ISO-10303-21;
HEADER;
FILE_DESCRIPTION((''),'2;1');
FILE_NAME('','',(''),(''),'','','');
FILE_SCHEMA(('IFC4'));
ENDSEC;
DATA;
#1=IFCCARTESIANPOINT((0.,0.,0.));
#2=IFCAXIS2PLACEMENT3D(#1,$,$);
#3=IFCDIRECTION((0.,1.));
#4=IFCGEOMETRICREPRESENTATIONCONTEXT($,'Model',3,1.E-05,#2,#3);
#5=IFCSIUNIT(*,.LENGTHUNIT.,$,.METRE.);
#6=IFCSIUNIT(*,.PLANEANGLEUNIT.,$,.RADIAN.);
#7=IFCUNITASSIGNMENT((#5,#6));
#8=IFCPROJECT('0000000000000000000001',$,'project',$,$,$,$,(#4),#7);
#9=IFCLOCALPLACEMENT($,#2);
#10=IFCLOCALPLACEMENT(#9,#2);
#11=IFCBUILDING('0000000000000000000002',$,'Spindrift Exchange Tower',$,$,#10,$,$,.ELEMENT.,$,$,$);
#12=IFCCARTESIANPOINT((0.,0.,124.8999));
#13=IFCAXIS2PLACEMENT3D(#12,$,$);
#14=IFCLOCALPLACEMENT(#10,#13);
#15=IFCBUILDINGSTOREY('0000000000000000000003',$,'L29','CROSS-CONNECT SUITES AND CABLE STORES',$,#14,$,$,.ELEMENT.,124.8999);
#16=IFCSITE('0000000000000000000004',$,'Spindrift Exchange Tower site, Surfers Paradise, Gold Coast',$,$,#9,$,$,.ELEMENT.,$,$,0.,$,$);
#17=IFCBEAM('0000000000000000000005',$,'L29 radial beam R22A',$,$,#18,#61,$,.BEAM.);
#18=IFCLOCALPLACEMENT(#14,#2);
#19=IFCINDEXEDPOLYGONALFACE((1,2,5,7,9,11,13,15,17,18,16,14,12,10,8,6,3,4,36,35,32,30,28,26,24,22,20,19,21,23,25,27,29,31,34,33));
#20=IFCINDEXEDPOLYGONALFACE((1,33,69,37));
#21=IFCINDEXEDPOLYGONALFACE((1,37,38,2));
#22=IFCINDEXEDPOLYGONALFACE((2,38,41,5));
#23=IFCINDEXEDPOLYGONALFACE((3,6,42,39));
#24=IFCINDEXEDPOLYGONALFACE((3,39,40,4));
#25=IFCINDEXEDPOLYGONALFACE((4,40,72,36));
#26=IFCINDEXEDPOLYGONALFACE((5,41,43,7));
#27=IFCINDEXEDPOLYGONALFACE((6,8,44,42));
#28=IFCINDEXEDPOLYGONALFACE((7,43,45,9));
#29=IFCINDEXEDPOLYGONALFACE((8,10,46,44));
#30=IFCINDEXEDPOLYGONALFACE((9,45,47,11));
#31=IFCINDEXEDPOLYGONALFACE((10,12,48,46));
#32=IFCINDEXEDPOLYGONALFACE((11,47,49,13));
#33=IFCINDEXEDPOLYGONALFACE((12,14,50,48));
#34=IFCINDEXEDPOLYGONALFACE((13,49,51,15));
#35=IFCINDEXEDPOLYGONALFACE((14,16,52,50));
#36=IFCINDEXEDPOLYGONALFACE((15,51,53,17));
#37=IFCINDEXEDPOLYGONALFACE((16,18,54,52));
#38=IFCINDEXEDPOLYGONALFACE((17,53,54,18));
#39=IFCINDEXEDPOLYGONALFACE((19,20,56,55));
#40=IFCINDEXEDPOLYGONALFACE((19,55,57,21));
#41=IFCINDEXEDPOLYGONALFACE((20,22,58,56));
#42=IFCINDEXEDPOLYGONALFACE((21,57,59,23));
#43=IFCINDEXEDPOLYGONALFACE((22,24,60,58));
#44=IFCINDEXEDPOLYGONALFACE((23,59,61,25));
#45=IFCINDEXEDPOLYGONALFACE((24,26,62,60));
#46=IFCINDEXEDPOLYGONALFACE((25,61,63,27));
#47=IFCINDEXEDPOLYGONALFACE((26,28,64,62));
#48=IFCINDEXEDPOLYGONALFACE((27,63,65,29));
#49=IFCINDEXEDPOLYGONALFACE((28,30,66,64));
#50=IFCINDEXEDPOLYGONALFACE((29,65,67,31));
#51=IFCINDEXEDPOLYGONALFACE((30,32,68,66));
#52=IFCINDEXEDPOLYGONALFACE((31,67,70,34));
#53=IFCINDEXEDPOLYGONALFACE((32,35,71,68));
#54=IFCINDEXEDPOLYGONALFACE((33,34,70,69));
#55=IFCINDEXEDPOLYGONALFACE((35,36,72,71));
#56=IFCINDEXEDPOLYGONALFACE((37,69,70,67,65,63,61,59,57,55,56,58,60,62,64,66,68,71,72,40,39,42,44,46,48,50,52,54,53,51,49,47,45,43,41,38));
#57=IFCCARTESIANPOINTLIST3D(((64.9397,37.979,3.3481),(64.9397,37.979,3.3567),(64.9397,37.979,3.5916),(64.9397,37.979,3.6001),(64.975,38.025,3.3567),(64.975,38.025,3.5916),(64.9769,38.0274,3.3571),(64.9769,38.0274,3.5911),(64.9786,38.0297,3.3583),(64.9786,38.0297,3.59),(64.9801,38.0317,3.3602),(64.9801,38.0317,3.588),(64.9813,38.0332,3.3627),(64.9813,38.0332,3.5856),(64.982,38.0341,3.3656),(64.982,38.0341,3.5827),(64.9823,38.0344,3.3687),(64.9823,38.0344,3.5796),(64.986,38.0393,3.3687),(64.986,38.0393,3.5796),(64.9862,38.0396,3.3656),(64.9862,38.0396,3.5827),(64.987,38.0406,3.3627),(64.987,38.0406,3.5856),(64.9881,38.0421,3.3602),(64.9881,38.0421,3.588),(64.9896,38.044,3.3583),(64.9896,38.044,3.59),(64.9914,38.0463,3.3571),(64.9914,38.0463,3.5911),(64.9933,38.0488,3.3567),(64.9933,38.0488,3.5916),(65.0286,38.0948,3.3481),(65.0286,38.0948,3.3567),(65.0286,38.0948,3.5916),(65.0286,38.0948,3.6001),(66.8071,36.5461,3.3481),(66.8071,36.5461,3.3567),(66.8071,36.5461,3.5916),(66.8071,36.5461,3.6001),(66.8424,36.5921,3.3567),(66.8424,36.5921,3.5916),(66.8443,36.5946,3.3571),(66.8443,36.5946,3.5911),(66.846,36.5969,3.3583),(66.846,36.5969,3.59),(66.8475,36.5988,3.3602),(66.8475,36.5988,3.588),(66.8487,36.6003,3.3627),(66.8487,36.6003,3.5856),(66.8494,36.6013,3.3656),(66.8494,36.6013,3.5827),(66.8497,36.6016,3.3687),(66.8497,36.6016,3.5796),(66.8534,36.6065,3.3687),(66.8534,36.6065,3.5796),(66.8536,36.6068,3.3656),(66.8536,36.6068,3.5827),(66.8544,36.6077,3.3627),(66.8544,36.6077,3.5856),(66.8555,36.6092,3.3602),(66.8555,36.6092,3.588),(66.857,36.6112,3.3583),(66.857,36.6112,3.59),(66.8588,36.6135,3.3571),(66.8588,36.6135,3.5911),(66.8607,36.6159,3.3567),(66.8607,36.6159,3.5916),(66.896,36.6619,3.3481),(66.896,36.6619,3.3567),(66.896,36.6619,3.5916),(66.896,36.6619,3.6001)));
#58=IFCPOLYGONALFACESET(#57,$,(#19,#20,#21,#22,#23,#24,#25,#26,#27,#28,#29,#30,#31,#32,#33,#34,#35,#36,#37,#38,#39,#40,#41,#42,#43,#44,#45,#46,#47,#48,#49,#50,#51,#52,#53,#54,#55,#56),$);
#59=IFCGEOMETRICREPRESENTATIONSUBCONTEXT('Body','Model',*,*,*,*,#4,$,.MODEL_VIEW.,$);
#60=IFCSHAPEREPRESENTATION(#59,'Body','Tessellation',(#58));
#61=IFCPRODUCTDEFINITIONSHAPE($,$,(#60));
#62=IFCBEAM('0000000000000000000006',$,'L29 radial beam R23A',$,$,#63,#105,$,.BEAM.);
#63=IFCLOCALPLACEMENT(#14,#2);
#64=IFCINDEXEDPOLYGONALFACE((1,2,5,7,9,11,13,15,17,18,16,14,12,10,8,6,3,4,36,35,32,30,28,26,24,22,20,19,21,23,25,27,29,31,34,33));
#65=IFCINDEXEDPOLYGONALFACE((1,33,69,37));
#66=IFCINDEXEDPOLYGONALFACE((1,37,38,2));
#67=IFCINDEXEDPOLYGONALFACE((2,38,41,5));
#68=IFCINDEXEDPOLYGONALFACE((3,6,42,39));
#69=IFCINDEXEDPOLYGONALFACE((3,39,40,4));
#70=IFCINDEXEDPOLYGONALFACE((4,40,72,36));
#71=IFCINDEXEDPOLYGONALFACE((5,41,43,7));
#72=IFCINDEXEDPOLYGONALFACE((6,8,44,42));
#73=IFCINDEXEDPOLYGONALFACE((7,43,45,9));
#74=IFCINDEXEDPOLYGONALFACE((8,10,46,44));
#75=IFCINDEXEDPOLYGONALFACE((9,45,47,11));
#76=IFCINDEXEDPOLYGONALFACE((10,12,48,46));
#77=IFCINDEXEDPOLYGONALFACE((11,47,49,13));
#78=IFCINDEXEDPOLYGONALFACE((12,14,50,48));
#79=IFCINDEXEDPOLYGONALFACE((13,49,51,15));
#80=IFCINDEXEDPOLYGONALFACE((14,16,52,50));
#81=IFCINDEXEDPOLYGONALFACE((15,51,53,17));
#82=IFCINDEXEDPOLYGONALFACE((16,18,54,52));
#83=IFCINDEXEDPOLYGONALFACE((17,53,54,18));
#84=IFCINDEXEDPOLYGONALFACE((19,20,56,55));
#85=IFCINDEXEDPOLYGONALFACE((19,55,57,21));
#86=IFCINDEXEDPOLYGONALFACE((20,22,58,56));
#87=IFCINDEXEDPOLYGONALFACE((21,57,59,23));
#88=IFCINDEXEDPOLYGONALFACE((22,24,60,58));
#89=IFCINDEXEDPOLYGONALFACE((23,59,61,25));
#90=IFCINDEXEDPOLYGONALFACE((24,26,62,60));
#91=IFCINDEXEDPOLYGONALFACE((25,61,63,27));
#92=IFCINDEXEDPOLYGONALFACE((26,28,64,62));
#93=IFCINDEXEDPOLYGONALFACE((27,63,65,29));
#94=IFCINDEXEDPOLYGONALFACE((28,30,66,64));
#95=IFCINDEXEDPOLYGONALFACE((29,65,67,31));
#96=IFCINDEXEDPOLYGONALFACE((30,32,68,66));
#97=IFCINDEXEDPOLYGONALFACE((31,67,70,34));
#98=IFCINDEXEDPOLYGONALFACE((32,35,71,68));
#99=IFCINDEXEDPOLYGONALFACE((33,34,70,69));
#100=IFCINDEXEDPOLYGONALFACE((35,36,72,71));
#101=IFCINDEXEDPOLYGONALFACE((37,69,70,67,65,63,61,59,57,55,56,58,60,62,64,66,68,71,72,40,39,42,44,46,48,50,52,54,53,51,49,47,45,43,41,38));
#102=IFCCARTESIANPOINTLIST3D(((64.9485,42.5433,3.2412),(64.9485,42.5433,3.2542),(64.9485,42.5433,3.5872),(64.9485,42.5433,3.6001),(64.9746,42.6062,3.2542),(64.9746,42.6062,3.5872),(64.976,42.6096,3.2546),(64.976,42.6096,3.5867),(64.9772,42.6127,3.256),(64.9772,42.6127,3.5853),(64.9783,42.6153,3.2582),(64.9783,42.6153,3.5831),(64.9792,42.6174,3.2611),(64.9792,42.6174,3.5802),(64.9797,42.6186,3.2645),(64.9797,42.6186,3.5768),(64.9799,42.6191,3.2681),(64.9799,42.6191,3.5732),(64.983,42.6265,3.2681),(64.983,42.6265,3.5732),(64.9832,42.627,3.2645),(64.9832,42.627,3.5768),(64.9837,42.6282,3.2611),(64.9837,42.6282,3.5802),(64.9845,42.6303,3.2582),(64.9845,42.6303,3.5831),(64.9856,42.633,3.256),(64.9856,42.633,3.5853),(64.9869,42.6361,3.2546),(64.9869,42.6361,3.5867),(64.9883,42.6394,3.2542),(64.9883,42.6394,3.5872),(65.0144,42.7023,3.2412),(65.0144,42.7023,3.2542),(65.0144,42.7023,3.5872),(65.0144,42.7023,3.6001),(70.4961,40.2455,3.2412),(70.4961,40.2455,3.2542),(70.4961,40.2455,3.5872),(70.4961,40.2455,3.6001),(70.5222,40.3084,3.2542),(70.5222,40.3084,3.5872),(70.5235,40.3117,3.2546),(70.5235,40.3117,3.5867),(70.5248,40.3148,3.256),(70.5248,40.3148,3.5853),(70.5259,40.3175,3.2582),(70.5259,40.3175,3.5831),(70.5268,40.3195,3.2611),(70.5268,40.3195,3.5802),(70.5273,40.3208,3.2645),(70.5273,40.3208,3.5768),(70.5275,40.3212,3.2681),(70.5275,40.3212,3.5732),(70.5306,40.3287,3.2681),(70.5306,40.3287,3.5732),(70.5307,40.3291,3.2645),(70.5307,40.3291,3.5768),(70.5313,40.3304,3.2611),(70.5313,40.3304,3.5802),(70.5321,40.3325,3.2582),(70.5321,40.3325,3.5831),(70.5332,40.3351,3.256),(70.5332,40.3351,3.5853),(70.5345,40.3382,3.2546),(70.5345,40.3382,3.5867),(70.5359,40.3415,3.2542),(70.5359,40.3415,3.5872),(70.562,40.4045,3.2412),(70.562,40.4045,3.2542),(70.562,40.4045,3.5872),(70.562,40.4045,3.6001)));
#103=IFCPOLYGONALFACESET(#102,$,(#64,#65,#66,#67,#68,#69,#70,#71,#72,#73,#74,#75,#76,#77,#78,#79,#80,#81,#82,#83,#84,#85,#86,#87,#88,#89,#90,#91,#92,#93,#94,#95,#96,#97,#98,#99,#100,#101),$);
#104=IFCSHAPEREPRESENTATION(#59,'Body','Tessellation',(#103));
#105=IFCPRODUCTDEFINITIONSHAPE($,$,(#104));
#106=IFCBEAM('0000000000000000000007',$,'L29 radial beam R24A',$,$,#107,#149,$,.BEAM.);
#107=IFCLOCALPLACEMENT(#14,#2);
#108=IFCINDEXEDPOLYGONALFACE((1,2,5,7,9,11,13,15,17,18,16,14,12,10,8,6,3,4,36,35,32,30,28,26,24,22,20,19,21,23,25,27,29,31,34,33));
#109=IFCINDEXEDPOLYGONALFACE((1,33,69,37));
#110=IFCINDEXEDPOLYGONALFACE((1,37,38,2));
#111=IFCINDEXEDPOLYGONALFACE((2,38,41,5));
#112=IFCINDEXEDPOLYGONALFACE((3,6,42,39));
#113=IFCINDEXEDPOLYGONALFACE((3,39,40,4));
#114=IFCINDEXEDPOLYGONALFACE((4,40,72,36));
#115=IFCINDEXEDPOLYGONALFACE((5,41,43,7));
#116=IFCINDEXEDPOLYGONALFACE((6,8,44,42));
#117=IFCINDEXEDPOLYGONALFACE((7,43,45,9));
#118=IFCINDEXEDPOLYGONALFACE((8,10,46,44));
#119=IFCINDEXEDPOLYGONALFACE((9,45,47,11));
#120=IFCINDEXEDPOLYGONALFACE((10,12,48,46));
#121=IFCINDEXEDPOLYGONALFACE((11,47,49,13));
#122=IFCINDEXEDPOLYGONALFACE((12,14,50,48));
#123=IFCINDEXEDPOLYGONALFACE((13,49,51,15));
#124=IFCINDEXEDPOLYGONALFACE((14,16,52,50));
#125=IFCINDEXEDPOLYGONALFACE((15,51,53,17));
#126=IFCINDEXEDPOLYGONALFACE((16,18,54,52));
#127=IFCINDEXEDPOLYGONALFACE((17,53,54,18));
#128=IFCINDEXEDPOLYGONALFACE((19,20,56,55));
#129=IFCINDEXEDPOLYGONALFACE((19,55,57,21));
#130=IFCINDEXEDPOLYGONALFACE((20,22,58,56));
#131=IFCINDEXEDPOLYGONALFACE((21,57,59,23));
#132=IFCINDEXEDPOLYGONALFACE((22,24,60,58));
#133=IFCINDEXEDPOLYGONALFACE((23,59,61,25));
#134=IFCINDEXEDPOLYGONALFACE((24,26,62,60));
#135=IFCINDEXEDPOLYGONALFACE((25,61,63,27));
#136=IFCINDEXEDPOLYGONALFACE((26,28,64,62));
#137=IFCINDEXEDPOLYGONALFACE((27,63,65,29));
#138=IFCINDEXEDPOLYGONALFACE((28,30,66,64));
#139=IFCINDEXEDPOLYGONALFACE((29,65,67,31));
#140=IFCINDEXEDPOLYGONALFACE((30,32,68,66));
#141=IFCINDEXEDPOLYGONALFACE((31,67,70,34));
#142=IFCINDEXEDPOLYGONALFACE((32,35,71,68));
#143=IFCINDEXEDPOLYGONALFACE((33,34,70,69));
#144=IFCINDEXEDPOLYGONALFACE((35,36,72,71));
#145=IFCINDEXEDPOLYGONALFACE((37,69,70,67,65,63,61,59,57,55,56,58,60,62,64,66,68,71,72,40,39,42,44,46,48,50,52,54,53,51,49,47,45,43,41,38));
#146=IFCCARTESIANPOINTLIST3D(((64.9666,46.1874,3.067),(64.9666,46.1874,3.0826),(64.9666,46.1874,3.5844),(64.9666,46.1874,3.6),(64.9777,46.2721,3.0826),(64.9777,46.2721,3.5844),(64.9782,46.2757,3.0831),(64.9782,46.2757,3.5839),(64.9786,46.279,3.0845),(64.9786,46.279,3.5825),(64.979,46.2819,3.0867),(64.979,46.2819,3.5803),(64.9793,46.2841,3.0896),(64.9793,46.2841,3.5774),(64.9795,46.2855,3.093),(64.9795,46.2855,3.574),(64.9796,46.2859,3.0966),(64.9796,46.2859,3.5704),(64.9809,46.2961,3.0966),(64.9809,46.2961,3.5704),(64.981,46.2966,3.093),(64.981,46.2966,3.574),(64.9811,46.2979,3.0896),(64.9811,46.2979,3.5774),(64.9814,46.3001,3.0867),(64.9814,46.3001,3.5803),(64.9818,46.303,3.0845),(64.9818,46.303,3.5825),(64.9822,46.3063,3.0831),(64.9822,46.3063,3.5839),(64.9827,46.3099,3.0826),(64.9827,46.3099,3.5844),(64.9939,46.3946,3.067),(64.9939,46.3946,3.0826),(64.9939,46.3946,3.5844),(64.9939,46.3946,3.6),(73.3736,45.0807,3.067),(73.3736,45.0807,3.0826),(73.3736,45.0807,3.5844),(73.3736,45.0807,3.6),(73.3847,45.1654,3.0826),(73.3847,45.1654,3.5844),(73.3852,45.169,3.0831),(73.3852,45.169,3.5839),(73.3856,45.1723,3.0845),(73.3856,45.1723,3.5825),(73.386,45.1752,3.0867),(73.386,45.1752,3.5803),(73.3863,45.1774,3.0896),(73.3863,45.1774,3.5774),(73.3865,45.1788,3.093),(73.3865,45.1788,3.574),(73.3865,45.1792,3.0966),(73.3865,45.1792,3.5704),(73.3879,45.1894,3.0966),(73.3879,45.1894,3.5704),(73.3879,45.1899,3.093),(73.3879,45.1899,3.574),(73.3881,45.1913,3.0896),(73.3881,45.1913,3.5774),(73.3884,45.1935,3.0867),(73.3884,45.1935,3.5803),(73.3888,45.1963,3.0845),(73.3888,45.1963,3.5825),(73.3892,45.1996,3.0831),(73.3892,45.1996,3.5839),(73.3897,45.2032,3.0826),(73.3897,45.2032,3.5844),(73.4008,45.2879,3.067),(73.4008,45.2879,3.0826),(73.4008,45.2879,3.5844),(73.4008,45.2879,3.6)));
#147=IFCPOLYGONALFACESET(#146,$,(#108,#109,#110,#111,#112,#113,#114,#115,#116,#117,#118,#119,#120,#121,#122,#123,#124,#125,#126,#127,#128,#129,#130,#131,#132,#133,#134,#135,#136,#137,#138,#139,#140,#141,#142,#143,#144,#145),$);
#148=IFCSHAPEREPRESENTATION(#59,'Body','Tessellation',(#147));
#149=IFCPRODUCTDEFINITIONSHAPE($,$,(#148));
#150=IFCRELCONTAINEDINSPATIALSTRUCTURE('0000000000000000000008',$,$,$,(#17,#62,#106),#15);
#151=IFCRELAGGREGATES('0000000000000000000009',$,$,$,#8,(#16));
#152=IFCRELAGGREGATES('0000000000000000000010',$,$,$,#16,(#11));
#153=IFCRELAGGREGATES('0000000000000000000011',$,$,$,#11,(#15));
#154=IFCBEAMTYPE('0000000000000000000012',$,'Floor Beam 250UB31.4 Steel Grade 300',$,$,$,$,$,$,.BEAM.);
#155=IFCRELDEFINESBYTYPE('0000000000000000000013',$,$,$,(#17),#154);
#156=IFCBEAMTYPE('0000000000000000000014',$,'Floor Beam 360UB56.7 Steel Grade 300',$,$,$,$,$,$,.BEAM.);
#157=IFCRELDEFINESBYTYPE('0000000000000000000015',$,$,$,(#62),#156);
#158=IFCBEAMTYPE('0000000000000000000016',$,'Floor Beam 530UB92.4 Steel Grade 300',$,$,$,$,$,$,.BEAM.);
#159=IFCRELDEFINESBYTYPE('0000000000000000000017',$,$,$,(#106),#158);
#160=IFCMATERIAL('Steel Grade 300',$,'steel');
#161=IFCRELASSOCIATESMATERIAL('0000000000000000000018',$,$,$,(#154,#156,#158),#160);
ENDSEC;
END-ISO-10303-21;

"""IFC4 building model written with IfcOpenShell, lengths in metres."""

from ifc_helpers import new_model, si_unit, direction, frame, origin, origin_2d, place, context, subcontext, project, spatial, i_section, extrude, source, transform, mapped, material, material_profile, profile_set, type_object, element, save


model = new_model("IFC4")

# Units and contexts
model_context = context("Model", 3, precision=1e-05, world=origin(), true_north=direction((0.0, 1.0)))
body_context = subcontext(model_context, "Body", "Model", "MODEL_VIEW")
ifc_project = project(units=[si_unit("LENGTHUNIT", "METRE"), si_unit("PLANEANGLEUNIT", "RADIAN")], contexts=[model_context])

# Site, building, storey
site_placement = place(None, origin())
site = spatial("IfcSite", under=ifc_project, at=site_placement, Name="Spindrift Exchange Tower site, Surfers Paradise, Gold Coast", CompositionType="ELEMENT", RefElevation=0.0)
building_placement = place(site_placement, origin())
building = spatial("IfcBuilding", under=site, at=building_placement, Name="Spindrift Exchange Tower", CompositionType="ELEMENT")
storey_placement = place(building_placement, frame((0.0, 0.0, 124.8999)))
storey = spatial("IfcBuildingStorey", under=building, at=storey_placement, Name="L29", Description="CROSS-CONNECT SUITES AND CABLE STORES", CompositionType="ELEMENT", Elevation=124.8999)

# Beams
ifc_material_1 = material(Name="Steel Grade 300", Category="steel")
ifc_material_profile_1 = material_profile(ifc_material_1, i_section(OverallWidth=0.146, OverallDepth=0.252, WebThickness=0.0061, FlangeThickness=0.0085, FilletRadius=0.012, at=origin_2d()), Name="250UB31.4")
ifc_profile_set_1 = profile_set([ifc_material_profile_1], Name="Steel Grade 300")
beam_type_1 = type_object("IfcBeamType", Name="Floor Beam 250UB31.4 Steel Grade 300", PredefinedType="BEAM", material=ifc_profile_set_1)
shared_shape_1 = source(origin(), body_context, "Body", "SweptSolid", [
    extrude(i_section(OverallWidth=0.146, OverallDepth=0.252, WebThickness=0.0061, FlangeThickness=0.0085, FilletRadius=0.012, at=origin_2d()), origin(), (0.0, 0.0, 1.0), 2.3538),
])
beam_1_placement = place(storey_placement, frame((64.9841, 38.0369, 3.4741), z_axis=(0.793368, -0.608743, 0.0), x_axis=(0.608743, 0.793368, 0.0)))
element("IfcBeam", 1, at=beam_1_placement, inside=storey, type_object=beam_type_1, Name="L29 radial beam R22A", PredefinedType="BEAM", context=body_context, shape_type="MappedRepresentation", body=[
    mapped(shared_shape_1, transform((0.0, 0.0, 0.0), scale=1.0)),
])
ifc_material_profile_2 = material_profile(ifc_material_1, i_section(OverallWidth=0.1721, OverallDepth=0.3589, WebThickness=0.0081, FlangeThickness=0.0129, FilletRadius=0.0139, at=origin_2d()), Name="360UB56.7")
ifc_profile_set_2 = profile_set([ifc_material_profile_2], Name="Steel Grade 300")
beam_type_2 = type_object("IfcBeamType", Name="Floor Beam 360UB56.7 Steel Grade 300", PredefinedType="BEAM", material=ifc_profile_set_2)
shared_shape_2 = source(origin(), body_context, "Body", "SweptSolid", [
    extrude(i_section(OverallWidth=0.1721, OverallDepth=0.3589, WebThickness=0.0081, FlangeThickness=0.0129, FilletRadius=0.0139, at=origin_2d()), origin(), (0.0, 0.0, 1.0), 6.0046),
])
beam_2_placement = place(storey_placement, frame((64.9814, 42.6228, 3.4207), z_axis=(0.923882, -0.382677, 0.0), x_axis=(0.382677, 0.923882, 0.0)))
element("IfcBeam", 2, at=beam_2_placement, inside=storey, type_object=beam_type_2, Name="L29 radial beam R23A", PredefinedType="BEAM", context=body_context, shape_type="MappedRepresentation", body=[
    mapped(shared_shape_2, transform((0.0, 0.0, 0.0), scale=1.0)),
])
ifc_material_profile_3 = material_profile(ifc_material_1, i_section(OverallWidth=0.209, OverallDepth=0.533, WebThickness=0.0103, FlangeThickness=0.0156, FilletRadius=0.0139, at=origin_2d()), Name="530UB92.4")
ifc_profile_set_3 = profile_set([ifc_material_profile_3], Name="Steel Grade 300")
beam_type_3 = type_object("IfcBeamType", Name="Floor Beam 530UB92.4 Steel Grade 300", PredefinedType="BEAM", material=ifc_profile_set_3)
shared_shape_3 = source(origin(), body_context, "Body", "SweptSolid", [
    extrude(i_section(OverallWidth=0.209, OverallDepth=0.533, WebThickness=0.0103, FlangeThickness=0.0156, FilletRadius=0.0139, at=origin_2d()), origin(), (0.0, 0.0, 1.0), 8.4795),
])
beam_3_placement = place(storey_placement, frame((64.9802, 46.291, 3.3335), z_axis=(0.991447, -0.130513, 0.0), x_axis=(0.130513, 0.991447, 0.0)))
element("IfcBeam", 3, at=beam_3_placement, inside=storey, type_object=beam_type_3, Name="L29 radial beam R24A", PredefinedType="BEAM", context=body_context, shape_type="MappedRepresentation", body=[
    mapped(shared_shape_3, transform((0.0, 0.0, 0.0), scale=1.0)),
])

save(model, "model.ifc")
